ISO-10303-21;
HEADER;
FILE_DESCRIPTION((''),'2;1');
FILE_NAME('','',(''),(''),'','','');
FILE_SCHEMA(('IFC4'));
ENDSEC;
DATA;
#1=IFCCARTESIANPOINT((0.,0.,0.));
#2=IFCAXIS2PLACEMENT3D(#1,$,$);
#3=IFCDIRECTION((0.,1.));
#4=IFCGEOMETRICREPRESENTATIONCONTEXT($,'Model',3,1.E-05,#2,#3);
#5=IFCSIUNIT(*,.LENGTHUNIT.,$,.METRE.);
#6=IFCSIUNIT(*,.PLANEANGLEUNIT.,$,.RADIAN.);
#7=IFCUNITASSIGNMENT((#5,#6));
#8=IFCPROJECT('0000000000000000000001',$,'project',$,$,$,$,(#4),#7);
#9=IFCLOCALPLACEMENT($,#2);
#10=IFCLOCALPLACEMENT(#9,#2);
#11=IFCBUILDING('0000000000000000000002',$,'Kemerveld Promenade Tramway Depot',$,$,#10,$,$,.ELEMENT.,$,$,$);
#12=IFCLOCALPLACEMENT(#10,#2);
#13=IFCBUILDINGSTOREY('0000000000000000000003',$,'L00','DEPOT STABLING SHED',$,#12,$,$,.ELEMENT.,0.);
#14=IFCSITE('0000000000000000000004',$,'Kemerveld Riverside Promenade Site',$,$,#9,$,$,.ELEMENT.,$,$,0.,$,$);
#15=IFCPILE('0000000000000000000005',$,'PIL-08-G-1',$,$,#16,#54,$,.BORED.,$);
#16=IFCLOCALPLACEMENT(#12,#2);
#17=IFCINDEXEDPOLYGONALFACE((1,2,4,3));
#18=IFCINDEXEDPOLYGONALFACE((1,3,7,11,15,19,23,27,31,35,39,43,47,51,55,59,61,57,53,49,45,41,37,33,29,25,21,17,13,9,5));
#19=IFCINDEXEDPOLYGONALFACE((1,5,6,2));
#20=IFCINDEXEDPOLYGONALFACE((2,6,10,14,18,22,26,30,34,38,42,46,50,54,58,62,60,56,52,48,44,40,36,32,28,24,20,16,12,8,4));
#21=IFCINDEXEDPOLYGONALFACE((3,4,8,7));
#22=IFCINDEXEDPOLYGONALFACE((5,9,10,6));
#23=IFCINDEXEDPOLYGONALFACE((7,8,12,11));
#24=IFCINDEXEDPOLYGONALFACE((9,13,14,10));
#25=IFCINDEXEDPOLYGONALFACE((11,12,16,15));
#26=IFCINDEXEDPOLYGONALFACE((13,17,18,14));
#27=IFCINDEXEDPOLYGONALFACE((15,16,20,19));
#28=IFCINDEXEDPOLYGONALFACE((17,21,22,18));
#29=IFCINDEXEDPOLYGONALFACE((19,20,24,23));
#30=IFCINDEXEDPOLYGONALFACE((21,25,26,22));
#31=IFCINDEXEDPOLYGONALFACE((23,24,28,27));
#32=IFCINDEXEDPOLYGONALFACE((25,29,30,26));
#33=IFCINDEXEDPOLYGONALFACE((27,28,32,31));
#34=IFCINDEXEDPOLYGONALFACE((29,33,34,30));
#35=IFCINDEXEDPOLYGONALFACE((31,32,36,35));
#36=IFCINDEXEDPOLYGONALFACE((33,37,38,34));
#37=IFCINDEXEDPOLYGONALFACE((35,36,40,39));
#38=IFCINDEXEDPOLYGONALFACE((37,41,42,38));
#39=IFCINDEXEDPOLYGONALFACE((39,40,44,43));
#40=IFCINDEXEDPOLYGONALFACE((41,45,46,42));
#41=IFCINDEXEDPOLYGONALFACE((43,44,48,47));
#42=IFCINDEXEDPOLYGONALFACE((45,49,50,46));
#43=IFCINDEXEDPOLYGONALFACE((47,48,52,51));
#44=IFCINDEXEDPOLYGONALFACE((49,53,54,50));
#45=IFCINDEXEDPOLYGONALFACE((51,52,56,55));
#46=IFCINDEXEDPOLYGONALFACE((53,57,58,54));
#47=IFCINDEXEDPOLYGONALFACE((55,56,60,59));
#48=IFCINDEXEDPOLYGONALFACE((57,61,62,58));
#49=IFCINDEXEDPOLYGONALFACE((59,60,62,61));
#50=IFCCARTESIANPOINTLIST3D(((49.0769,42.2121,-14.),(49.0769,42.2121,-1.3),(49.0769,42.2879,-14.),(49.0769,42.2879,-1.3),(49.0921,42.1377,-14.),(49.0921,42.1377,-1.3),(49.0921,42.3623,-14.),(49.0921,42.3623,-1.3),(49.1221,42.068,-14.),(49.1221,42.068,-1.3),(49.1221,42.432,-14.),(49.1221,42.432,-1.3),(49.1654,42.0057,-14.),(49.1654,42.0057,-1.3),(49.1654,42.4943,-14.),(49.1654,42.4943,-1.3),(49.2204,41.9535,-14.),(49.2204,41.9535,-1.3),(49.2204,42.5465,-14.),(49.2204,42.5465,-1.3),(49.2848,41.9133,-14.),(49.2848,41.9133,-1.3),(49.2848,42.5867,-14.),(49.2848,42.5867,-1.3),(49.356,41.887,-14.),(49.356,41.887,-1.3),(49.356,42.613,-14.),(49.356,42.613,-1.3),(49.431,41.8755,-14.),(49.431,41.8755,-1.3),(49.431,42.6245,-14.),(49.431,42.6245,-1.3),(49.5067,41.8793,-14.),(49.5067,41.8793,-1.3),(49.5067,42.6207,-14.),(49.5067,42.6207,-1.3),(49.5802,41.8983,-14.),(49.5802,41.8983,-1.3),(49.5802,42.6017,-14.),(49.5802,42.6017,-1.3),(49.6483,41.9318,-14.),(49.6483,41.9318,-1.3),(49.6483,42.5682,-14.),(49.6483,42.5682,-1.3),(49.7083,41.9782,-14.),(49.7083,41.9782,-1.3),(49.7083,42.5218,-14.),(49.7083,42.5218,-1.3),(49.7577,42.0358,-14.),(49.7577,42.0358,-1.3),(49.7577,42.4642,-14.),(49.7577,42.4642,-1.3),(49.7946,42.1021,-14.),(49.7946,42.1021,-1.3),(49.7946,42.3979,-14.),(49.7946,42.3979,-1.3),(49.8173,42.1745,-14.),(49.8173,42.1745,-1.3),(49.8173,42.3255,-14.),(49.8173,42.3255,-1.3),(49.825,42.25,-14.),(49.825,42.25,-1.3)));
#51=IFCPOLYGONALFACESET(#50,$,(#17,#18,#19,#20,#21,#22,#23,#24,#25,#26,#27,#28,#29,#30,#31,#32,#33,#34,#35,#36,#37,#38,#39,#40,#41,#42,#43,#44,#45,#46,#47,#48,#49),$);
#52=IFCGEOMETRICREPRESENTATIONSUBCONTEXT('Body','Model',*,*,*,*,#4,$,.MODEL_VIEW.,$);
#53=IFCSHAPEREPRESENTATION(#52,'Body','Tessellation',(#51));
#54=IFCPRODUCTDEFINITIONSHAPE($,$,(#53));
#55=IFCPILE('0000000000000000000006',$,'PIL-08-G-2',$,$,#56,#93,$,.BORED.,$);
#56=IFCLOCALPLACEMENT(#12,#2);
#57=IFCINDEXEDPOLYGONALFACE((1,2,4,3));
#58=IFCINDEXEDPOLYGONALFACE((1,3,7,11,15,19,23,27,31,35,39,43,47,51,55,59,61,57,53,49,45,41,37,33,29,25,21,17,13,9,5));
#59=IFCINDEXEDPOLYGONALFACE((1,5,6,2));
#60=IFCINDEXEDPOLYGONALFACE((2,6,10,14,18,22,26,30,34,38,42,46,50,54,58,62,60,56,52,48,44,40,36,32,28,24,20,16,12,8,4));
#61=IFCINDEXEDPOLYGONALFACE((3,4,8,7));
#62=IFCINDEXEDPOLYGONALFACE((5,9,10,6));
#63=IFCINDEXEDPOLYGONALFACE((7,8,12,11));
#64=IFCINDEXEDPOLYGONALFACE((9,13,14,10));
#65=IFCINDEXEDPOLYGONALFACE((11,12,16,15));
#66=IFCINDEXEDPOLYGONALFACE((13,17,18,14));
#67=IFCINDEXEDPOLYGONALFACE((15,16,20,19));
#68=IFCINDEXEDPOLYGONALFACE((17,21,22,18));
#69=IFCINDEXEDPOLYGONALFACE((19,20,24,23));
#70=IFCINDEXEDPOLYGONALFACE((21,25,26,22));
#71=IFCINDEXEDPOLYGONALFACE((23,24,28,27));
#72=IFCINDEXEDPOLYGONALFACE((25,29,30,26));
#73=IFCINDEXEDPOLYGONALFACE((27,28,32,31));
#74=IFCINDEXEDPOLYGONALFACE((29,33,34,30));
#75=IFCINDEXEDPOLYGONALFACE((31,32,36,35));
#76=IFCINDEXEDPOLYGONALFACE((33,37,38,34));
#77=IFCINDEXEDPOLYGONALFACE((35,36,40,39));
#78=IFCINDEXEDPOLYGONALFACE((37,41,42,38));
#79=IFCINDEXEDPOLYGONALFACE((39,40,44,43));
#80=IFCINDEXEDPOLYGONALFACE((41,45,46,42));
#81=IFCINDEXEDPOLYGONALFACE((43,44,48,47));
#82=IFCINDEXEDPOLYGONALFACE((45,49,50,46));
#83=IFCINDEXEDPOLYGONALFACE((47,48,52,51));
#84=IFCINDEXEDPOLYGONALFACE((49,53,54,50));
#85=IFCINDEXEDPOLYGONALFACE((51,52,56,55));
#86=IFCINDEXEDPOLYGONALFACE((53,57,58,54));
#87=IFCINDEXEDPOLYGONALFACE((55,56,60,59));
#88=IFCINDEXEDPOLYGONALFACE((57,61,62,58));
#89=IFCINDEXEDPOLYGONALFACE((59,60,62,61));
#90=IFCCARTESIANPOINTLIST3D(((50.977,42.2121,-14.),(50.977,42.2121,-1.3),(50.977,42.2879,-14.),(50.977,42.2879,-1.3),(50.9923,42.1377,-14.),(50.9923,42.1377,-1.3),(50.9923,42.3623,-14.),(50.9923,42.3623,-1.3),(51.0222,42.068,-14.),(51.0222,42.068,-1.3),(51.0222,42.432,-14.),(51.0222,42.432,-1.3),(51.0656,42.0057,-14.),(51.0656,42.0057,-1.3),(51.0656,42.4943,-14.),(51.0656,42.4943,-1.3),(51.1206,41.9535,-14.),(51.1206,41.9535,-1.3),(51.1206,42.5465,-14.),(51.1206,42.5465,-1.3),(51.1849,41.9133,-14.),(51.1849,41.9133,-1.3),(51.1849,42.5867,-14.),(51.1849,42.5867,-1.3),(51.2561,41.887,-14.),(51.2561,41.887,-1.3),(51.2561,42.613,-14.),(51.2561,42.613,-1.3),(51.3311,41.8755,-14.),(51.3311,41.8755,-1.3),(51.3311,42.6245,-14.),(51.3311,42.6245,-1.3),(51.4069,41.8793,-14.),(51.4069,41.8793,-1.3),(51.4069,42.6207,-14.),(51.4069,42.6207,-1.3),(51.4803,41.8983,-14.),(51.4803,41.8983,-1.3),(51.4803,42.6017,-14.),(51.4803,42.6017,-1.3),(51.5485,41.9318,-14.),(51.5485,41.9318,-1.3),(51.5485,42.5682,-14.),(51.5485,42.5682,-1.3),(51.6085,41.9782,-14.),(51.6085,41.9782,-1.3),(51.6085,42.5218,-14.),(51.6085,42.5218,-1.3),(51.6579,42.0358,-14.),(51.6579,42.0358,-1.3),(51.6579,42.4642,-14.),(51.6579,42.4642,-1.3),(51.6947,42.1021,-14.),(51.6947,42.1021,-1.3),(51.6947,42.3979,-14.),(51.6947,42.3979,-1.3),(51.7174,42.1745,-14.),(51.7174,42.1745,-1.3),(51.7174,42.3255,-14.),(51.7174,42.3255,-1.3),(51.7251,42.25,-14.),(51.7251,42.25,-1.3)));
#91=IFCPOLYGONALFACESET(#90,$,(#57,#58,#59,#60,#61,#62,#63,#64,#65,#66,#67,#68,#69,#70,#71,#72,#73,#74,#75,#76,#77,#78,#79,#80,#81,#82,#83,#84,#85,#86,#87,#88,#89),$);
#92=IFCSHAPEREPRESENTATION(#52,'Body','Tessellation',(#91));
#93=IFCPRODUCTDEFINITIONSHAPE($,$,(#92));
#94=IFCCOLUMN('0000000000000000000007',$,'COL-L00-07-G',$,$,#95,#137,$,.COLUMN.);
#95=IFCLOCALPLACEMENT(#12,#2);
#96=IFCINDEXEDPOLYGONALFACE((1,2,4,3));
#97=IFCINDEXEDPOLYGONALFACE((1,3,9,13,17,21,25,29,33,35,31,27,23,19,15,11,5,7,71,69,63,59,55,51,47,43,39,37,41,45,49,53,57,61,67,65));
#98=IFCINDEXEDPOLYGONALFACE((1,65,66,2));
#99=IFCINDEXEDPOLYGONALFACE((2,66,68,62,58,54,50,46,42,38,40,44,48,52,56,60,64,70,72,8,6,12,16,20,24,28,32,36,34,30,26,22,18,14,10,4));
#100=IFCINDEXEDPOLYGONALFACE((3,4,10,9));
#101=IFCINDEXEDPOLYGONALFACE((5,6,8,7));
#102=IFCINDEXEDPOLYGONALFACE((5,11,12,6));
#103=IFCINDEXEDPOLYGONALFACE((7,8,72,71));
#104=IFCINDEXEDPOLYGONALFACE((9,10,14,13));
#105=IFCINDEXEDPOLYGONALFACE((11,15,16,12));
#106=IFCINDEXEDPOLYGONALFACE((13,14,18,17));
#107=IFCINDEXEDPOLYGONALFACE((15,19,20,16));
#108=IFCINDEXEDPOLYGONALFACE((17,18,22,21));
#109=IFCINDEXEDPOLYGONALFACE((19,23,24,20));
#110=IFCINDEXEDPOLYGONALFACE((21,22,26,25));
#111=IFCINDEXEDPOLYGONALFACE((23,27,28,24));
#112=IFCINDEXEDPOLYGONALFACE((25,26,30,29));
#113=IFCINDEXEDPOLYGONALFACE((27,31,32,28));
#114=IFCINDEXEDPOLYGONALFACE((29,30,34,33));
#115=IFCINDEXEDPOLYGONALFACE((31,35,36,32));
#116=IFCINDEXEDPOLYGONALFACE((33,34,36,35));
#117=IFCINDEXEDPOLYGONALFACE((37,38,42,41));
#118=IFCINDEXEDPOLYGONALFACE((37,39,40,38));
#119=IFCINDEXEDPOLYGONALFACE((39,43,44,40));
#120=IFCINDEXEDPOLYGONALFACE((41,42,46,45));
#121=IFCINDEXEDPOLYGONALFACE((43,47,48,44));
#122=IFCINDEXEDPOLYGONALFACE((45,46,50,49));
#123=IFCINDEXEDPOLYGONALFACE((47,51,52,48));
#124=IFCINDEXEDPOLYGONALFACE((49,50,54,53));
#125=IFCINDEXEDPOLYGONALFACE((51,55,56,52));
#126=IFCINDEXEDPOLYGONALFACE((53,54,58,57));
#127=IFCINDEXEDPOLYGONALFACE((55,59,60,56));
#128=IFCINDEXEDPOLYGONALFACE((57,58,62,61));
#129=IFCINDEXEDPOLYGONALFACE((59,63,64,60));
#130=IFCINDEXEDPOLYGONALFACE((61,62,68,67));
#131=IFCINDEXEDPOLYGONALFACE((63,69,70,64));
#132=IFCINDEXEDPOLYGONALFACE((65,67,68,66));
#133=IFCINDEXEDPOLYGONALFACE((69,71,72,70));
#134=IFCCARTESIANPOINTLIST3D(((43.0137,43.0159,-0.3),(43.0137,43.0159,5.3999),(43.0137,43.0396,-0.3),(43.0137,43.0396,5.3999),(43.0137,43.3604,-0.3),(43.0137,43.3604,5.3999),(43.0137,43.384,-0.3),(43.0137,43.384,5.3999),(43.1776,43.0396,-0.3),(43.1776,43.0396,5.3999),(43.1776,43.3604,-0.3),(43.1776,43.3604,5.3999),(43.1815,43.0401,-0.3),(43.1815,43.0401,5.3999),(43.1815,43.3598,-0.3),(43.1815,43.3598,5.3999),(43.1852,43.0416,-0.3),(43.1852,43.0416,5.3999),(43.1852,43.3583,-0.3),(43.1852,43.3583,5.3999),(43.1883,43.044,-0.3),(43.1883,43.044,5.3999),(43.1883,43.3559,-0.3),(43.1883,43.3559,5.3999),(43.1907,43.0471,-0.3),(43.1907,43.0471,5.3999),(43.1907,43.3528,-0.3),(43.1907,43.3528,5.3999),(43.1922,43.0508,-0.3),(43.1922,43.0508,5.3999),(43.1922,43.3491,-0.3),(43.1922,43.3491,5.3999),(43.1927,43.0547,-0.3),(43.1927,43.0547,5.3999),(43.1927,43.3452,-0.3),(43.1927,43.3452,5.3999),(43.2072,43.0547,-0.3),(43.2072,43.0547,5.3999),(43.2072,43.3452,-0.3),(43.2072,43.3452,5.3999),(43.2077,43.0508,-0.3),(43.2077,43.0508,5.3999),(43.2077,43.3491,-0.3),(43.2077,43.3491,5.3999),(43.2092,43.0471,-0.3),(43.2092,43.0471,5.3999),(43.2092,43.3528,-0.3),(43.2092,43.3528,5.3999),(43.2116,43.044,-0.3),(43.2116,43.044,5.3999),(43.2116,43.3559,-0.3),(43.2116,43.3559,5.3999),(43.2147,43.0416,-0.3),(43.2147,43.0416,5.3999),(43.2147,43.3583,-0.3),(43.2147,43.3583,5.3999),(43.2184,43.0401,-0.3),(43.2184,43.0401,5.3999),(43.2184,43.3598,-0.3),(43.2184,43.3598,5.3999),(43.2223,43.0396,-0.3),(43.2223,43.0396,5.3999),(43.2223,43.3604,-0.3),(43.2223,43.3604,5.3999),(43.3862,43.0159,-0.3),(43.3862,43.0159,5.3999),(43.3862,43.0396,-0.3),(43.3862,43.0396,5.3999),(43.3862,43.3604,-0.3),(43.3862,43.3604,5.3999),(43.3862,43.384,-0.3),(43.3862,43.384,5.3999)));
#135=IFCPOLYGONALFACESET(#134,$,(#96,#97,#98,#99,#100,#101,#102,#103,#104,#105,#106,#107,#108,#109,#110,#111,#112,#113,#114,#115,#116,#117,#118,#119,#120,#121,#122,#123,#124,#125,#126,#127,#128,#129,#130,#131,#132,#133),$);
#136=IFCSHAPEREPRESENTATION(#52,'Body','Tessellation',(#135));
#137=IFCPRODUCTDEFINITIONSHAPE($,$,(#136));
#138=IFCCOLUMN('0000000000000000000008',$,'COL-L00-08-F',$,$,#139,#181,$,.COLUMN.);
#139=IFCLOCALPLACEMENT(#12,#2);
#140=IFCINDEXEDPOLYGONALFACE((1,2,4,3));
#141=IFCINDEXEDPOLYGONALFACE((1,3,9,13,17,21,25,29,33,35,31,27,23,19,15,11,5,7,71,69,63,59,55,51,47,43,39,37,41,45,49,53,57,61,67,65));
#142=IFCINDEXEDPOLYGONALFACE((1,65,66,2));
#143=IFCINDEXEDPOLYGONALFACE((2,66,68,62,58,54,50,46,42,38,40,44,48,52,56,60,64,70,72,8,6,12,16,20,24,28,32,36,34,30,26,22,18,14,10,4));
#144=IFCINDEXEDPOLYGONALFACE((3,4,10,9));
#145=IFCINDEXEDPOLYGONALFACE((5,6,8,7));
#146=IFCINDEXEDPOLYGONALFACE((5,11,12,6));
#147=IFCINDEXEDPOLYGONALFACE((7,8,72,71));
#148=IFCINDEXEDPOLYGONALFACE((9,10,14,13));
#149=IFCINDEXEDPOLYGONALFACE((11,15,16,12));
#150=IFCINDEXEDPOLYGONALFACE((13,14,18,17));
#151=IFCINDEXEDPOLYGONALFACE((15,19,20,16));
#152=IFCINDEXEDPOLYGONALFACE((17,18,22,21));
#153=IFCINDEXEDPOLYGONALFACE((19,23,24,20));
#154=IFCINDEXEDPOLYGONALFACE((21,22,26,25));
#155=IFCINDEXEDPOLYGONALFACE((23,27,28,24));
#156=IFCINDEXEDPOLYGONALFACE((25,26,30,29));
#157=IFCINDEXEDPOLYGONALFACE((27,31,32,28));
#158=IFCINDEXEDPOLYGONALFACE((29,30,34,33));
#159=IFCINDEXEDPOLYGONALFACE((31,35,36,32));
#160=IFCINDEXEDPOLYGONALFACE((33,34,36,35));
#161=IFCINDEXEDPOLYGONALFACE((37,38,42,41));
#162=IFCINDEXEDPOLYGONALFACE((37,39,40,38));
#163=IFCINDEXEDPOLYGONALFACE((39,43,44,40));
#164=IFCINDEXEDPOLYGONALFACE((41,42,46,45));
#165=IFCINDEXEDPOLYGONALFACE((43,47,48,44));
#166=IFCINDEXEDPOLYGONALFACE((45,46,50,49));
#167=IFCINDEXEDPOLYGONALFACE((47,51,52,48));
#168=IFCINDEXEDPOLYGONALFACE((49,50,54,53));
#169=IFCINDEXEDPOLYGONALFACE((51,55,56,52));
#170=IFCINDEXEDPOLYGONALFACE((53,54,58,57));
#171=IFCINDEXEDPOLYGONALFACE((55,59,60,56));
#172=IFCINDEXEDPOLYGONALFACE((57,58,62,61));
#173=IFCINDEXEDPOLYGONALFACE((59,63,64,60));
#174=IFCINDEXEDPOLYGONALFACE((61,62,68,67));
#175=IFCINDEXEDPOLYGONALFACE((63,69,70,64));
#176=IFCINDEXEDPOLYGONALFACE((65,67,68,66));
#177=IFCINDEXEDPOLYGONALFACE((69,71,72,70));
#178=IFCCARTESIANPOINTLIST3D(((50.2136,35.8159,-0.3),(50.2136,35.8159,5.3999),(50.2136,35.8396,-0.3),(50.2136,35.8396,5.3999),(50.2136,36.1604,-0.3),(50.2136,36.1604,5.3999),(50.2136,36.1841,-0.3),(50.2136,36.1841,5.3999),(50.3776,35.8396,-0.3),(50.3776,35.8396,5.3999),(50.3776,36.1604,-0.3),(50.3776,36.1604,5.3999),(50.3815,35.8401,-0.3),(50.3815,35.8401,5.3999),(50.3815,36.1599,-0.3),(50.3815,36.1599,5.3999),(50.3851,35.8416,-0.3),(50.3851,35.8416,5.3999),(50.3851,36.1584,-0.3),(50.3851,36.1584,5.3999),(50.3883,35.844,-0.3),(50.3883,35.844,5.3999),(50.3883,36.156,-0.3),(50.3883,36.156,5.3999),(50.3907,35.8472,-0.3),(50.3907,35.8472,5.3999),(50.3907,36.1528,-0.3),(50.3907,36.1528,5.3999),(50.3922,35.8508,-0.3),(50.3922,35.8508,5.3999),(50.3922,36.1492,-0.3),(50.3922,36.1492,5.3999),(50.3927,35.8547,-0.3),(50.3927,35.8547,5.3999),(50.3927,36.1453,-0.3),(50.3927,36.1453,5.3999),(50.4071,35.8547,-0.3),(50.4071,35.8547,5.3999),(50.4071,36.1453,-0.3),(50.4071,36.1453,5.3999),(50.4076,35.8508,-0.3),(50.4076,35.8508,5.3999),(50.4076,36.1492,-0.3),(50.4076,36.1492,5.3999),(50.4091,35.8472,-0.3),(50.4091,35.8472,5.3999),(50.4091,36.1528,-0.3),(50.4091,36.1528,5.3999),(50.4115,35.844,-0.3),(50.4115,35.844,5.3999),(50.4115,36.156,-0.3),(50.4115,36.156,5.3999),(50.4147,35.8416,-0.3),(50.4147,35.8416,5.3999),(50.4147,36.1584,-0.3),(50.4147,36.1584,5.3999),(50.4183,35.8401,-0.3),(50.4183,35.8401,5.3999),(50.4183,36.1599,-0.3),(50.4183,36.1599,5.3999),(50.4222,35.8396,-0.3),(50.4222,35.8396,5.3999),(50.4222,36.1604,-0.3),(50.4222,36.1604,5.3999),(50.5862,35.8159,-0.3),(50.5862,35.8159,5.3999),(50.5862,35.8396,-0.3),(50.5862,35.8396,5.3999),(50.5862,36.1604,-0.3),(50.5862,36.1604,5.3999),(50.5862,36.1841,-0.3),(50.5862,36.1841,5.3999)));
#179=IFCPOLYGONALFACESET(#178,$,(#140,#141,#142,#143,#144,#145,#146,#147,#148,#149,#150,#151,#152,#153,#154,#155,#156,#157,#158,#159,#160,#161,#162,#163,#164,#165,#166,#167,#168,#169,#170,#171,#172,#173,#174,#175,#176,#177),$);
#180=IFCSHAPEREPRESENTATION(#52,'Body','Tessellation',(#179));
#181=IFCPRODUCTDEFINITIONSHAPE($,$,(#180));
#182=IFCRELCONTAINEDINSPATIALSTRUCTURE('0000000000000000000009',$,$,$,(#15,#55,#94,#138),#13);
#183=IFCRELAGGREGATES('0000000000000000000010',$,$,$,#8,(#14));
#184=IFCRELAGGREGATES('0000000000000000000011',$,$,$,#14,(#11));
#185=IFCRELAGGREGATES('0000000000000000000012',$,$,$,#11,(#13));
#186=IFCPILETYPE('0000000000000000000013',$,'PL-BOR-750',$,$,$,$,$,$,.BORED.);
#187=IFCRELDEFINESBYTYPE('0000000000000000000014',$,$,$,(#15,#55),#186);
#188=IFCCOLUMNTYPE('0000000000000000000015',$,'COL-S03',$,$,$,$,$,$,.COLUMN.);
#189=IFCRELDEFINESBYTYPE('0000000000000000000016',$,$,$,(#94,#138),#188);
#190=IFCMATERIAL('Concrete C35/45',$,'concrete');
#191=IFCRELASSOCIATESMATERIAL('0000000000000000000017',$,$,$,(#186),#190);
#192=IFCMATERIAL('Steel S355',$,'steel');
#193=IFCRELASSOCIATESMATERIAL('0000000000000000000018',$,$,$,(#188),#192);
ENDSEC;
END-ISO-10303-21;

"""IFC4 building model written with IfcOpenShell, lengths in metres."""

from ifc_helpers import new_model, si_unit, direction, frame, origin, origin_2d, place, context, subcontext, project, spatial, circle, i_section, extrude, material, material_profile, profile_set, type_object, element, save


model = new_model("IFC4")

# Units and contexts
model_context = context("Model", 3, precision=1e-05, world=origin(), true_north=direction((0.0, 1.0)))
body_context = subcontext(model_context, "Body", "Model", "MODEL_VIEW")
ifc_project = project(units=[si_unit("LENGTHUNIT", "METRE"), si_unit("PLANEANGLEUNIT", "RADIAN")], contexts=[model_context])

# Site, building, storey
site_placement = place(None, origin())
site = spatial("IfcSite", under=ifc_project, at=site_placement, Name="Kemerveld Riverside Promenade Site", CompositionType="ELEMENT", RefElevation=0.0)
building_placement = place(site_placement, origin())
building = spatial("IfcBuilding", under=site, at=building_placement, Name="Kemerveld Promenade Tramway Depot", CompositionType="ELEMENT")
storey_placement = place(building_placement, origin())
storey = spatial("IfcBuildingStorey", under=building, at=storey_placement, Name="L00", Description="DEPOT STABLING SHED", CompositionType="ELEMENT", Elevation=0.0)

# Shared definitions
ifc_material_1 = material(Name="Concrete C35/45", Category="concrete")

# Piles
ifc_material_profile_1 = material_profile(ifc_material_1, circle(Radius=0.375, at=origin_2d()), Name="PILE-D750")
ifc_profile_set_1 = profile_set([ifc_material_profile_1], Name="Concrete C35/45")
pile_type_1 = type_object("IfcPileType", Name="PL-BOR-750", PredefinedType="BORED", material=ifc_profile_set_1)
for number, where, z_axis, x_axis, name in (
    (1, (49.45, 42.25, -1.3), (0.0, 0.0, -1.0), (1.0, 0.0, 0.0), "PIL-08-G-1"),
    (2, (51.3501, 42.25, -1.3), (0.0, 0.0, -1.0), (1.0, 0.0, 0.0), "PIL-08-G-2"),
):
    element("IfcPile", number, at=place(storey_placement, frame(where, z_axis=z_axis, x_axis=x_axis)), inside=storey, type_object=pile_type_1, Name=name, PredefinedType="BORED", context=body_context, shape_type="SweptSolid", body=[
        extrude(circle(Radius=0.375, at=origin_2d()), origin(), (0.0, 0.0, 1.0), 12.7),
    ])

# Columns
ifc_material_2 = material(Name="Steel S355", Category="steel")
ifc_material_profile_2 = material_profile(ifc_material_2, i_section(OverallWidth=0.3726, OverallDepth=0.3682, WebThickness=0.0144, FlangeThickness=0.0237, FilletRadius=0.0151, at=origin_2d()), Name="356x368x177 UC")
ifc_profile_set_2 = profile_set([ifc_material_profile_2], Name="Steel S355")
column_type = type_object("IfcColumnType", Name="COL-S03", PredefinedType="COLUMN", material=ifc_profile_set_2)
for number, where, z_axis, x_axis, name in (
    (3, (43.2, 43.2, -0.3), (0.0, 0.0, 1.0), (1.0, 0.0, 0.0), "COL-L00-07-G"),
    (4, (50.3999, 36.0, -0.3), (0.0, 0.0, 1.0), (1.0, 0.0, 0.0), "COL-L00-08-F"),
):
    element("IfcColumn", number, at=place(storey_placement, frame(where, z_axis=z_axis, x_axis=x_axis)), inside=storey, type_object=column_type, Name=name, PredefinedType="COLUMN", context=body_context, shape_type="SweptSolid", body=[
        extrude(i_section(OverallWidth=0.3726, OverallDepth=0.3682, WebThickness=0.0144, FlangeThickness=0.0237, FilletRadius=0.0151, at=origin_2d()), origin(), (0.0, 0.0, 1.0), 5.7),
    ])

save(model, "model.ifc")
